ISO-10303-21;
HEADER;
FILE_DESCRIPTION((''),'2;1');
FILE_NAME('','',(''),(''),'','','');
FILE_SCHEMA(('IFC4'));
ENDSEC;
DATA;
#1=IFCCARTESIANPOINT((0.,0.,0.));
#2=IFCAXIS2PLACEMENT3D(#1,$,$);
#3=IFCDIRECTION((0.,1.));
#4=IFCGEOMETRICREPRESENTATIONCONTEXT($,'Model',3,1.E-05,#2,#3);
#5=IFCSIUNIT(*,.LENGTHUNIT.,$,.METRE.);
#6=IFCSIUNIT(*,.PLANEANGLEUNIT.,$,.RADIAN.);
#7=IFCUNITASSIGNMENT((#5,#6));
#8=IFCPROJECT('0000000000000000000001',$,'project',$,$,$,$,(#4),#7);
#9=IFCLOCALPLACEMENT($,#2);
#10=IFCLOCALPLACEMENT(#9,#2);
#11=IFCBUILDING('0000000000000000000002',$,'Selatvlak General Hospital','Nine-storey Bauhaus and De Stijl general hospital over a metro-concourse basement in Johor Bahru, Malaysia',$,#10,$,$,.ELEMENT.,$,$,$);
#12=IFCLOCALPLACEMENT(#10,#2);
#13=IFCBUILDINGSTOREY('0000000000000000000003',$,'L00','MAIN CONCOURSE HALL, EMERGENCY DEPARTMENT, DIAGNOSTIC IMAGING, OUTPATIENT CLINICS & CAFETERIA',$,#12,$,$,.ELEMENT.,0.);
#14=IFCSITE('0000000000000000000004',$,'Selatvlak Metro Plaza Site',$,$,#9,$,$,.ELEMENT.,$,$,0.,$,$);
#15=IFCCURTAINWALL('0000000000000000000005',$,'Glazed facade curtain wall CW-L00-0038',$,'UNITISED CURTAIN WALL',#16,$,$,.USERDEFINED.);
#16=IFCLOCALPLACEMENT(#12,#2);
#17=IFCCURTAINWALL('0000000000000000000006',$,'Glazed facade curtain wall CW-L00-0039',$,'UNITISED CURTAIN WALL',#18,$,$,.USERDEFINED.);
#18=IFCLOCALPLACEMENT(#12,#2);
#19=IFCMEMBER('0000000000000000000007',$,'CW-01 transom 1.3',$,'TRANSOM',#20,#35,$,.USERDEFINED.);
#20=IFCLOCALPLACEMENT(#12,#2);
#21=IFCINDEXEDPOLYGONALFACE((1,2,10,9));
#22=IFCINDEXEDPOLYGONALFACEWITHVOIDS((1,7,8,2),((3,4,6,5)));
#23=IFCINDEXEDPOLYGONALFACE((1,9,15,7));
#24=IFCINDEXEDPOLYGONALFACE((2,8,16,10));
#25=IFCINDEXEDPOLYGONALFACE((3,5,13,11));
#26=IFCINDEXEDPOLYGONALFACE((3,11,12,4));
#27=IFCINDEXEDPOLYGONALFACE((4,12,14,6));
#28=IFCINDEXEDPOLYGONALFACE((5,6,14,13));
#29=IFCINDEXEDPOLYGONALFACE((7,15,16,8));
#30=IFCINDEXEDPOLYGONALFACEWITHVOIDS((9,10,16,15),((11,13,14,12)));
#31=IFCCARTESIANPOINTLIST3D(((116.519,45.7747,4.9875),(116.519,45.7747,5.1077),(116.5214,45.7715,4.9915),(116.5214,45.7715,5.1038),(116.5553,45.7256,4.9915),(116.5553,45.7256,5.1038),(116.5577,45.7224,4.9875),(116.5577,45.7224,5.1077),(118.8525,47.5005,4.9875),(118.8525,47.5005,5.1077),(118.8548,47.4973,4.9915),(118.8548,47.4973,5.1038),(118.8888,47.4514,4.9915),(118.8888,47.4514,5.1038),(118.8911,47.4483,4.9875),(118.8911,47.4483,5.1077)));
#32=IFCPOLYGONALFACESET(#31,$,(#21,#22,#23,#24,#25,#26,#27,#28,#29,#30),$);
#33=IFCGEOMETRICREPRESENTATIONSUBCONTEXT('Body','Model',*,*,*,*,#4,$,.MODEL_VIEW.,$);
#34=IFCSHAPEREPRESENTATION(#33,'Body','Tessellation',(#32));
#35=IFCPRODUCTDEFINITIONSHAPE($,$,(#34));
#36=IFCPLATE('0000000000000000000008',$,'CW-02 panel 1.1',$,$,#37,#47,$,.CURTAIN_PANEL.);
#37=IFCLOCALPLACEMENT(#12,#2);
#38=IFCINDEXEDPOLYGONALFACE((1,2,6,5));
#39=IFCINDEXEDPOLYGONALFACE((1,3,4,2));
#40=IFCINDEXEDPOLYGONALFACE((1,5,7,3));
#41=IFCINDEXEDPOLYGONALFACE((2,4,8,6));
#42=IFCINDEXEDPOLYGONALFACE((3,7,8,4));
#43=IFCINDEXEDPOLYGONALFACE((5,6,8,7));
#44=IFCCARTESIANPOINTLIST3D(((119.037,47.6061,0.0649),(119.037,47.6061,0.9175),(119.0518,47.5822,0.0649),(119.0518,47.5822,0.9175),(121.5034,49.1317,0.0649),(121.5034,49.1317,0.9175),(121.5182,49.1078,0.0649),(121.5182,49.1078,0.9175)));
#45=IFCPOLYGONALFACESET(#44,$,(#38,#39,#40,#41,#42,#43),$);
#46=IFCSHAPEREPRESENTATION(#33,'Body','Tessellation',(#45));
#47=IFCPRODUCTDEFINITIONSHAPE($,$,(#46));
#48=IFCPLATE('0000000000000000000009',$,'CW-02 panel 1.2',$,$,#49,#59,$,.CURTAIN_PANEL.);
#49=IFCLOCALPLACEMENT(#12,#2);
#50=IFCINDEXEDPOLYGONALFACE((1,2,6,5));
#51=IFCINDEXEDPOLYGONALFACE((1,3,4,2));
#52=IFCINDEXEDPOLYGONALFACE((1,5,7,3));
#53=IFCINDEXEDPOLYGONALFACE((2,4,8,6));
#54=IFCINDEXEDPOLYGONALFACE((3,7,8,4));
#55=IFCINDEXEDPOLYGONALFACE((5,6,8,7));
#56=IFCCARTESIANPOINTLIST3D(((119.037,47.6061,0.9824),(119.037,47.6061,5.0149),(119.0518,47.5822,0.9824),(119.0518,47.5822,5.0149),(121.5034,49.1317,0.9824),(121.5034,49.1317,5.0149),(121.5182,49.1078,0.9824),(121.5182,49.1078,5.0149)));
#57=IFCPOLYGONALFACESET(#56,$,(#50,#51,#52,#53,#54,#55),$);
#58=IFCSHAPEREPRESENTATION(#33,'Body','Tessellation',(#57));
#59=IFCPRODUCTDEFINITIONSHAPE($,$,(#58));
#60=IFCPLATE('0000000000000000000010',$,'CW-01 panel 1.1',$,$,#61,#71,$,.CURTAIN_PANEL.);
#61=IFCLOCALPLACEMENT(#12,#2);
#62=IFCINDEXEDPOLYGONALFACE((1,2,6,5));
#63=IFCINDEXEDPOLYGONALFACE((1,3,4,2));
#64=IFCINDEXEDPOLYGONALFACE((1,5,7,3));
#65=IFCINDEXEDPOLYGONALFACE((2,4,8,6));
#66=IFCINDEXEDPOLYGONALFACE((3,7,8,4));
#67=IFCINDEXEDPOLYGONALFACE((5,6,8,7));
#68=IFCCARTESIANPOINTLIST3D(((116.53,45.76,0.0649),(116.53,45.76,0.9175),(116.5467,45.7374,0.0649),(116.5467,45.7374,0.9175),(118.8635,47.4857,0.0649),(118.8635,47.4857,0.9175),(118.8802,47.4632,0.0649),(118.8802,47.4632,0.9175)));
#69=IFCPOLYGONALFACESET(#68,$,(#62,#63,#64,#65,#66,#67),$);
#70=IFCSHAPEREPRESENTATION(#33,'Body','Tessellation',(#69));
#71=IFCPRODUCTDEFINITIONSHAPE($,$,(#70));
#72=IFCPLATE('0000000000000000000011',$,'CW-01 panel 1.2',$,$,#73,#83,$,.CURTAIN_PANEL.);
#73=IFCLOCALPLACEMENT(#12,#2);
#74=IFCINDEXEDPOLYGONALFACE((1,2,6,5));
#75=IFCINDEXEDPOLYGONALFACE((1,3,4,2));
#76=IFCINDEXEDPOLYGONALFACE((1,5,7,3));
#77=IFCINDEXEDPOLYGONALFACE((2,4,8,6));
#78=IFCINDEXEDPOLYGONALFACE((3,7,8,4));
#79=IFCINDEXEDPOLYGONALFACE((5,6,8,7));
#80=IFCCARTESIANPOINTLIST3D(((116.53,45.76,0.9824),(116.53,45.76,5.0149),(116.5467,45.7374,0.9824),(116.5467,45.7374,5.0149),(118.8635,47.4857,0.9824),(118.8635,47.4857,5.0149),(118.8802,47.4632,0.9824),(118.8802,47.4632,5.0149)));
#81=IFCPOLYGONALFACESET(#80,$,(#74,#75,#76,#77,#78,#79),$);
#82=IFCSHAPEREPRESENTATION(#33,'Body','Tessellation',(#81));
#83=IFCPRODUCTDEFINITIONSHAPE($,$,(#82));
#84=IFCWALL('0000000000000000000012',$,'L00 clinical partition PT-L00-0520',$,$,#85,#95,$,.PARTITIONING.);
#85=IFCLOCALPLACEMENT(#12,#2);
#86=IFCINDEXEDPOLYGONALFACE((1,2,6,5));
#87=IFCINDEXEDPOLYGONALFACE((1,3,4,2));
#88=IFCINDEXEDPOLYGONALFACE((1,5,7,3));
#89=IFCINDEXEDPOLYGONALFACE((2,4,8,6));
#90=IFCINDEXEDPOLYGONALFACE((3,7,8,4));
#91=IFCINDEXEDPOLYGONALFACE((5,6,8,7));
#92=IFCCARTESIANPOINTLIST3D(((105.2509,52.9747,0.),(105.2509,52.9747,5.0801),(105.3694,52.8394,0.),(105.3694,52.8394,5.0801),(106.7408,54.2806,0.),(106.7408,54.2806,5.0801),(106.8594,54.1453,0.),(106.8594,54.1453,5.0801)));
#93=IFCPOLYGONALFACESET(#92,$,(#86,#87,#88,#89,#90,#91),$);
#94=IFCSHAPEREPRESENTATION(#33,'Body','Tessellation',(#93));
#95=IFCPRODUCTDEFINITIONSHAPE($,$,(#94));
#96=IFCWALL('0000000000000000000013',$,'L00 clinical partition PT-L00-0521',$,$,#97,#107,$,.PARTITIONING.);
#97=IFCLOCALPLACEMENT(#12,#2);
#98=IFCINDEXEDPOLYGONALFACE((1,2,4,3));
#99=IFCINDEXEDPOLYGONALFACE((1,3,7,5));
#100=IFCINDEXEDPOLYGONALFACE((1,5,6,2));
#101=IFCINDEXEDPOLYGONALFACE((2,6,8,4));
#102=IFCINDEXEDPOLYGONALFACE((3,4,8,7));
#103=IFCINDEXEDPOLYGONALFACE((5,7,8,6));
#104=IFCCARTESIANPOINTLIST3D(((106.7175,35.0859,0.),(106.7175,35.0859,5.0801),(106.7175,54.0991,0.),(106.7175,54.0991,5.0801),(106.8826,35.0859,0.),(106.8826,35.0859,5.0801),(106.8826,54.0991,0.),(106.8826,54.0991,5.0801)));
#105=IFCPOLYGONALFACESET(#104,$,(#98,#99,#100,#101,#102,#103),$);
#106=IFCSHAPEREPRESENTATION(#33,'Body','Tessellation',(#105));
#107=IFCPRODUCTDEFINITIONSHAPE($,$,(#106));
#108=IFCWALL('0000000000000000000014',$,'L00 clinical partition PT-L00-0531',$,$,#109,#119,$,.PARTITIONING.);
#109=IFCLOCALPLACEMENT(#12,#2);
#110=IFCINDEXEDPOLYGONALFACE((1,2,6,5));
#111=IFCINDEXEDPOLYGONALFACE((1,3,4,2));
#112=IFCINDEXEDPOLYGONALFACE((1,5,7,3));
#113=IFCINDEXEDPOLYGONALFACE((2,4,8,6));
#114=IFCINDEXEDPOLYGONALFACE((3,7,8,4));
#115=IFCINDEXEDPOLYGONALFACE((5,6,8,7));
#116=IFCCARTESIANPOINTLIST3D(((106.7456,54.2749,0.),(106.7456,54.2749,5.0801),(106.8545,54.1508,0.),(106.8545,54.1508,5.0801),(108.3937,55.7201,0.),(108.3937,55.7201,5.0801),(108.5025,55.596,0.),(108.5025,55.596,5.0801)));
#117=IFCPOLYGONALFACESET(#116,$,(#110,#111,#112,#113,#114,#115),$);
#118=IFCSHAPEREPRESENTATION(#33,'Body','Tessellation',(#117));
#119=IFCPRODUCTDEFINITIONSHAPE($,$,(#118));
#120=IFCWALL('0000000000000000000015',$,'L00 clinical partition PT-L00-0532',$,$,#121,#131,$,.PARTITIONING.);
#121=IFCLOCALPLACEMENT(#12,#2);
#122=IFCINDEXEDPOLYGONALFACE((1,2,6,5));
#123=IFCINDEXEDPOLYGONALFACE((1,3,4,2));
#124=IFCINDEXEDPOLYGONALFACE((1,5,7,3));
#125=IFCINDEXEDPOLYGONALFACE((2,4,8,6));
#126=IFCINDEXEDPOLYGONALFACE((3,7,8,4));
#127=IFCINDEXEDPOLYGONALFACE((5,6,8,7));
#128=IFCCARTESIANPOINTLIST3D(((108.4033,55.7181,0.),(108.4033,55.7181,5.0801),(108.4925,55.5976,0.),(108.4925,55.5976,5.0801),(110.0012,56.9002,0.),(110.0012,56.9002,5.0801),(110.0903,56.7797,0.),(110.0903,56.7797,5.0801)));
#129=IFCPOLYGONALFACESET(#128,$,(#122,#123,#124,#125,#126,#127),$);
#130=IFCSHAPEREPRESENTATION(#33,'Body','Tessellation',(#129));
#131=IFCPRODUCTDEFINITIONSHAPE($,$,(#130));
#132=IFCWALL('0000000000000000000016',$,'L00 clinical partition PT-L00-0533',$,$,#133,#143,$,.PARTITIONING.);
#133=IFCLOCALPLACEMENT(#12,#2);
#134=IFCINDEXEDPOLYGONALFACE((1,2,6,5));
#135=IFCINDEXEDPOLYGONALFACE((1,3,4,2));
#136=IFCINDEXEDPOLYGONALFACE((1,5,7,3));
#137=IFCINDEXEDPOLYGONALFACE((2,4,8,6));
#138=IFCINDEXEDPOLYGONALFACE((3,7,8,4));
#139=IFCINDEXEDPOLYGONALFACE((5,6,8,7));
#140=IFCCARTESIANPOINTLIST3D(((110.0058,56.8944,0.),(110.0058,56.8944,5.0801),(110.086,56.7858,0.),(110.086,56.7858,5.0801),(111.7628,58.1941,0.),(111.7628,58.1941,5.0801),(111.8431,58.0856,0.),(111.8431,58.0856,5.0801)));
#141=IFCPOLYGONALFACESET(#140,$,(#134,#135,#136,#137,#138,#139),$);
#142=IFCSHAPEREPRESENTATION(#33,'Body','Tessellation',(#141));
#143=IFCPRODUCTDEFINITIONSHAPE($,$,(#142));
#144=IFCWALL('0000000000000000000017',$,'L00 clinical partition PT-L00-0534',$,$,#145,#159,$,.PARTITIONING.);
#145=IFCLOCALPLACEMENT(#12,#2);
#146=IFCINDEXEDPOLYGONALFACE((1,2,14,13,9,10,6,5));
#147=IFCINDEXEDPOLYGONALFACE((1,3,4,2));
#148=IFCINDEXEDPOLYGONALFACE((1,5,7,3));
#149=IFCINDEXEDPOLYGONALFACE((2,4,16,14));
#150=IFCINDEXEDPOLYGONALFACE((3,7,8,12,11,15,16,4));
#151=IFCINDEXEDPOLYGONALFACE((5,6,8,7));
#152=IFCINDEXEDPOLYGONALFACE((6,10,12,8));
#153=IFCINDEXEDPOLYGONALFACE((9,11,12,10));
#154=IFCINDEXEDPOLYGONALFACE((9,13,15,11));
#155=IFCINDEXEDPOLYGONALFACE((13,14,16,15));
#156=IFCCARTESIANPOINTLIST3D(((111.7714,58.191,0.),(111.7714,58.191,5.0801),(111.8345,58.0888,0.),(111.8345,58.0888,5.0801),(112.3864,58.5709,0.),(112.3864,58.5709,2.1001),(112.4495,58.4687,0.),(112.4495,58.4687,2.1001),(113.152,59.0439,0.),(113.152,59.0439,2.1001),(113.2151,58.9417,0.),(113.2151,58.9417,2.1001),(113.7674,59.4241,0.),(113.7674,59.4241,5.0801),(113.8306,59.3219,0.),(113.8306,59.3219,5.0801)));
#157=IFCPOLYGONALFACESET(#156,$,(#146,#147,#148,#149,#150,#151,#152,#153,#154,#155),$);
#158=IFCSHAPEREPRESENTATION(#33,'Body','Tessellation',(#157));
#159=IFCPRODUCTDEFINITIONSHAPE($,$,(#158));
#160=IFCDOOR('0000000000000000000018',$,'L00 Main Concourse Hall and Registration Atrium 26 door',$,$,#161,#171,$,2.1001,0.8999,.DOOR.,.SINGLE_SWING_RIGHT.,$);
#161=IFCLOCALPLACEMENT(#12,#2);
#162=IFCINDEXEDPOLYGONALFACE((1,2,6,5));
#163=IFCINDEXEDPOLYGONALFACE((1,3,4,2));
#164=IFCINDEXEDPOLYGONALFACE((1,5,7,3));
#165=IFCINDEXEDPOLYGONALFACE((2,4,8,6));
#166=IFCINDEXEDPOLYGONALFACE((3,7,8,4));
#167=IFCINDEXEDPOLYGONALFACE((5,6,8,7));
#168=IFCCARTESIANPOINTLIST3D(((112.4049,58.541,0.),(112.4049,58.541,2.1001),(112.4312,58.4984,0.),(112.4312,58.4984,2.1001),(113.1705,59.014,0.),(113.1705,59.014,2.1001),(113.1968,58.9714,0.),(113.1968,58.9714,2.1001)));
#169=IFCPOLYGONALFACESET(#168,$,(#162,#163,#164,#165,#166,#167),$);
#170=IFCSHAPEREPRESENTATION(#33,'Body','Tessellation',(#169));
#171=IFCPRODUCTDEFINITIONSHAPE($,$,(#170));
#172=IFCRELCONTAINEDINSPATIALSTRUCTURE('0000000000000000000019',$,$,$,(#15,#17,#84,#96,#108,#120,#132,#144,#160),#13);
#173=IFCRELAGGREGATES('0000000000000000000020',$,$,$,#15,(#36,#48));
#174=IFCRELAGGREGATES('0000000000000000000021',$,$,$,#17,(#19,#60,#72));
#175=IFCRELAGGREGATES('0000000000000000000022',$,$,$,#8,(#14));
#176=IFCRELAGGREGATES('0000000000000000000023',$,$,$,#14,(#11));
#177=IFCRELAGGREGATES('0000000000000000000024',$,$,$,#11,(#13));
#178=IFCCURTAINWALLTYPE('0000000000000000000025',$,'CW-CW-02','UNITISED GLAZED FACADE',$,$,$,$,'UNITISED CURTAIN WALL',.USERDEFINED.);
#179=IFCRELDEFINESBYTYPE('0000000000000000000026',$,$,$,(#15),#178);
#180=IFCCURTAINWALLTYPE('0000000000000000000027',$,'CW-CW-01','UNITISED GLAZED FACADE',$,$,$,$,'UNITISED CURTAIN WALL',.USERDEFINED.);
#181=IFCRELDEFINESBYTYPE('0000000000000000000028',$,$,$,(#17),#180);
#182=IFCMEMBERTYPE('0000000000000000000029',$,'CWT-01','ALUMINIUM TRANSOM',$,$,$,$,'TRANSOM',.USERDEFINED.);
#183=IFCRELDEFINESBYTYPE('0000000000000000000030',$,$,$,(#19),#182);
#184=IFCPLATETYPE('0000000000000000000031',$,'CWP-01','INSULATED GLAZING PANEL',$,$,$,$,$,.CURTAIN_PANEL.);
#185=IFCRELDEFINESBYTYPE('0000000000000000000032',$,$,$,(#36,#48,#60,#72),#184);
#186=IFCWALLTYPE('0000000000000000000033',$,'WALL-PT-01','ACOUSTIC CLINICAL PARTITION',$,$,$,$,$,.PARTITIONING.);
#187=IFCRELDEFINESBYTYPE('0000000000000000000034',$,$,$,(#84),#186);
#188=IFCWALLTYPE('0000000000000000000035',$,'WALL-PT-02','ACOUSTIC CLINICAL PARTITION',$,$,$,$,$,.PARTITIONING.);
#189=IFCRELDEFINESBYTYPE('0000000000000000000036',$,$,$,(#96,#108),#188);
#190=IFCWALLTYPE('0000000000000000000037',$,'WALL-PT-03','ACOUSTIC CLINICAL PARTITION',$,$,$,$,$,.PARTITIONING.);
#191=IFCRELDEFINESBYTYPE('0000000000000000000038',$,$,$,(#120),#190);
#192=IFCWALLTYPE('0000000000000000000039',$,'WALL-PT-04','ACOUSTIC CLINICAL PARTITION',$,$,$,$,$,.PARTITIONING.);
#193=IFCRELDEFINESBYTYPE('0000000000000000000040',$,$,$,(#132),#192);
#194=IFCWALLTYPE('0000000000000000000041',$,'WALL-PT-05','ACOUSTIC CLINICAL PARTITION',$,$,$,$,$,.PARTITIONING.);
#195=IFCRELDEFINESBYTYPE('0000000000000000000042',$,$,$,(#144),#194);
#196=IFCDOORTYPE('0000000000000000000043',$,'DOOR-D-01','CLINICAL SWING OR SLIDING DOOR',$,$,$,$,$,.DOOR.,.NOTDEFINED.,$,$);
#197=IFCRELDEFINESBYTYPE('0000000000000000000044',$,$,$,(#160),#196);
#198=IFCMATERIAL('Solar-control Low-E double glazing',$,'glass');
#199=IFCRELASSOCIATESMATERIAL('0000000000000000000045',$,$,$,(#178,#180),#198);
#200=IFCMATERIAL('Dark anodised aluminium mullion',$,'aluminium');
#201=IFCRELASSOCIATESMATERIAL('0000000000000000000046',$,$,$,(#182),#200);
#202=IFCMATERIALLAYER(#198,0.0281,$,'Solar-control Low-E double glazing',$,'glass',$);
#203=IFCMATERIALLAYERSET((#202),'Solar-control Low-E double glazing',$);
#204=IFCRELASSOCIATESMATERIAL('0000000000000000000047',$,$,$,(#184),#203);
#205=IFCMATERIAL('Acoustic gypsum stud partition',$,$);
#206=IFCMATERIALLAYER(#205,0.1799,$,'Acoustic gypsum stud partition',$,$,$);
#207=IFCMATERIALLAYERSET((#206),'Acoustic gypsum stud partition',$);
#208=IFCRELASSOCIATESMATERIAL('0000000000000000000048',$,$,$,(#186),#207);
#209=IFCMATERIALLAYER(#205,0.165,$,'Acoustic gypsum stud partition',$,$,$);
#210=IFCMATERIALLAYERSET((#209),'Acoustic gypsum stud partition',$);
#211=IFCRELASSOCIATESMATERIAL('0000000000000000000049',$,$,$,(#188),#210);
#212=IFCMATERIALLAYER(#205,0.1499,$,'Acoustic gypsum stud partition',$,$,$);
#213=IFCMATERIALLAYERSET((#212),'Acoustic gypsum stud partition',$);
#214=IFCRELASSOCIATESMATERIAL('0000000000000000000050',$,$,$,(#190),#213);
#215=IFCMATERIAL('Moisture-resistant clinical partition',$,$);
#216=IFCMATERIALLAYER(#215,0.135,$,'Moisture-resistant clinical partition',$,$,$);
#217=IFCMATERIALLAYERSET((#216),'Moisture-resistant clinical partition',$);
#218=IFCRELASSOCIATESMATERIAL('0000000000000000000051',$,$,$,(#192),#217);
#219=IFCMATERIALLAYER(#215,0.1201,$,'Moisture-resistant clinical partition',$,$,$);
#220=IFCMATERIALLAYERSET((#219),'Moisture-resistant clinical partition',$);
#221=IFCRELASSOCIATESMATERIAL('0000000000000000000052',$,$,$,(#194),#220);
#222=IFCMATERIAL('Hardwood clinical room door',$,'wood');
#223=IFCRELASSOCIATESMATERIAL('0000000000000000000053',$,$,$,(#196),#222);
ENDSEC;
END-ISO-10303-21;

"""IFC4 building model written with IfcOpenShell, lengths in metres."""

from ifc_helpers import new_model, si_unit, direction, frame, frame_2d, origin, origin_2d, place, context, subcontext, project, spatial, rectangle, hollow_rectangle, extrude, material, layer, layer_set, material_profile, profile_set, type_object, element, fill, aggregate, save


model = new_model("IFC4")

# Units and contexts
model_context = context("Model", 3, precision=1e-05, world=origin(), true_north=direction((0.0, 1.0)))
body_context = subcontext(model_context, "Body", "Model", "MODEL_VIEW")
ifc_project = project(units=[si_unit("LENGTHUNIT", "METRE"), si_unit("PLANEANGLEUNIT", "RADIAN")], contexts=[model_context])

# Site, building, storey
site_placement = place(None, origin())
site = spatial("IfcSite", under=ifc_project, at=site_placement, Name="Selatvlak Metro Plaza Site", CompositionType="ELEMENT", RefElevation=0.0)
building_placement = place(site_placement, origin())
building = spatial("IfcBuilding", under=site, at=building_placement, Name="Selatvlak General Hospital", Description="Nine-storey Bauhaus and De Stijl general hospital over a metro-concourse basement in Johor Bahru, Malaysia", CompositionType="ELEMENT")
storey_placement = place(building_placement, origin())
storey = spatial("IfcBuildingStorey", under=building, at=storey_placement, Name="L00", Description="MAIN CONCOURSE HALL, EMERGENCY DEPARTMENT, DIAGNOSTIC IMAGING, OUTPATIENT CLINICS & CAFETERIA", CompositionType="ELEMENT", Elevation=0.0)

# Curtain wall
ifc_material_1 = material(Name="Solar-control Low-E double glazing", Category="glass")
curtain_wall_type_1 = type_object("IfcCurtainWallType", Name="CW-CW-02", Description="UNITISED GLAZED FACADE", ElementType="UNITISED CURTAIN WALL", PredefinedType="USERDEFINED", material=ifc_material_1)
curtain_wall_1_placement = place(storey_placement, origin())
curtain_wall_1 = element("IfcCurtainWall", 1, at=curtain_wall_1_placement, inside=storey, type_object=curtain_wall_type_1, Name="Glazed facade curtain wall CW-L00-0038", ObjectType="UNITISED CURTAIN WALL", PredefinedType="USERDEFINED")
ifc_material_2 = material(Name="Dark anodised aluminium mullion", Category="aluminium")

# Curtain wall, member
curtain_wall_type_2 = type_object("IfcCurtainWallType", Name="CW-CW-01", Description="UNITISED GLAZED FACADE", ElementType="UNITISED CURTAIN WALL", PredefinedType="USERDEFINED", material=ifc_material_1)
curtain_wall_2_placement = place(storey_placement, origin())
curtain_wall_2 = element("IfcCurtainWall", 2, at=curtain_wall_2_placement, inside=storey, type_object=curtain_wall_type_2, Name="Glazed facade curtain wall CW-L00-0039", ObjectType="UNITISED CURTAIN WALL", PredefinedType="USERDEFINED")
ifc_material_profile_1 = material_profile(ifc_material_2, hollow_rectangle(XDim=0.0649, YDim=0.1201, WallThickness=0.0039, at=origin_2d()), Name="AL-TRN 65x120x4")
ifc_profile_set_1 = profile_set([ifc_material_profile_1], Name="Dark anodised aluminium mullion")
member_type_1 = type_object("IfcMemberType", Name="CWT-01", Description="ALUMINIUM TRANSOM", ElementType="TRANSOM", PredefinedType="USERDEFINED", material=ifc_profile_set_1)
member_1_placement = place(storey_placement, frame((118.8718, 47.4744, 5.0476), z_axis=(-0.804, -0.59463, 0.0), x_axis=(0.59463, -0.804, 0.0)))
member_1 = element("IfcMember", 3, at=member_1_placement, type_object=member_type_1, Name="CW-01 transom 1.3", ObjectType="TRANSOM", PredefinedType="USERDEFINED", context=body_context, shape_type="SweptSolid", body=[
    extrude(hollow_rectangle(XDim=0.0649, YDim=0.1201, WallThickness=0.0039, at=origin_2d()), origin(), (0.0, 0.0, 1.0), 2.9023),
])

# Plates
ifc_layer_1 = layer(ifc_material_1, 0.0281, Name="Solar-control Low-E double glazing", Category="glass")
ifc_layer_set_1 = layer_set([ifc_layer_1], Name="Solar-control Low-E double glazing")
plate_type = type_object("IfcPlateType", Name="CWP-01", Description="INSULATED GLAZING PANEL", PredefinedType="CURTAIN_PANEL", material=ifc_layer_set_1)
plate_1_placement = place(storey_placement, frame((120.2776, 48.3569, 0.0649), z_axis=(0.0, 0.0, 1.0), x_axis=(-0.850455, -0.526048, 0.0)))
plate_1 = element("IfcPlate", 4, at=plate_1_placement, type_object=plate_type, Name="CW-02 panel 1.1", PredefinedType="CURTAIN_PANEL", context=body_context, shape_type="SweptSolid", body=[
    extrude(rectangle(XDim=2.9001, YDim=0.0281, at=origin_2d()), origin(), (0.0, 0.0, 1.0), 0.8525),
])
plate_2_placement = place(storey_placement, frame((120.2776, 48.3569, 0.9824), z_axis=(0.0, 0.0, 1.0), x_axis=(-0.850455, -0.526048, 0.0)))
plate_2 = element("IfcPlate", 5, at=plate_2_placement, type_object=plate_type, Name="CW-02 panel 1.2", PredefinedType="CURTAIN_PANEL", context=body_context, shape_type="SweptSolid", body=[
    extrude(rectangle(XDim=2.9001, YDim=0.0281, at=origin_2d()), origin(), (0.0, 0.0, 1.0), 4.0325),
])
aggregate(curtain_wall_1, [plate_1, plate_2])
plate_3_placement = place(storey_placement, frame((117.7051, 46.6116, 0.0649), z_axis=(0.0, 0.0, 1.0), x_axis=(-0.804018, -0.594604, 0.0)))
plate_3 = element("IfcPlate", 6, at=plate_3_placement, type_object=plate_type, Name="CW-01 panel 1.1", PredefinedType="CURTAIN_PANEL", context=body_context, shape_type="SweptSolid", body=[
    extrude(rectangle(XDim=2.9023, YDim=0.0281, at=origin_2d()), origin(), (0.0, 0.0, 1.0), 0.8525),
])
plate_4_placement = place(storey_placement, frame((117.7051, 46.6116, 0.9824), z_axis=(0.0, 0.0, 1.0), x_axis=(-0.804018, -0.594604, 0.0)))
plate_4 = element("IfcPlate", 7, at=plate_4_placement, type_object=plate_type, Name="CW-01 panel 1.2", PredefinedType="CURTAIN_PANEL", context=body_context, shape_type="SweptSolid", body=[
    extrude(rectangle(XDim=2.9023, YDim=0.0281, at=origin_2d()), origin(), (0.0, 0.0, 1.0), 4.0325),
])
aggregate(curtain_wall_2, [member_1, plate_3, plate_4])

# Walls
ifc_material_3 = material(Name="Acoustic gypsum stud partition")
ifc_layer_2 = layer(ifc_material_3, 0.1799, Name="Acoustic gypsum stud partition")
ifc_layer_set_2 = layer_set([ifc_layer_2], Name="Acoustic gypsum stud partition")
wall_type_1 = type_object("IfcWallType", Name="WALL-PT-01", Description="ACOUSTIC CLINICAL PARTITION", PredefinedType="PARTITIONING", material=ifc_layer_set_2)
wall_1_placement = place(storey_placement, frame((105.3101, 52.907, 0.0), z_axis=(0.0, 0.0, 1.0), x_axis=(0.752034, 0.659124, 0.0)))
element("IfcWall", 8, at=wall_1_placement, inside=storey, type_object=wall_type_1, Name="L00 clinical partition PT-L00-0520", PredefinedType="PARTITIONING", context=body_context, shape_type="SweptSolid", body=[
    extrude(rectangle(XDim=1.9812, YDim=0.1799, at=frame_2d((0.9907, 0.0))), origin(), (0.0, 0.0, 1.0), 5.0801),
])
ifc_layer_3 = layer(ifc_material_3, 0.165, Name="Acoustic gypsum stud partition")
ifc_layer_set_3 = layer_set([ifc_layer_3], Name="Acoustic gypsum stud partition")
wall_type_2 = type_object("IfcWallType", Name="WALL-PT-02", Description="ACOUSTIC CLINICAL PARTITION", PredefinedType="PARTITIONING", material=ifc_layer_set_3)
wall_2_placement = place(storey_placement, frame((106.8, 54.0991, 0.0), z_axis=(0.0, 0.0, 1.0), x_axis=(0.0, -1.0, 0.0)))
element("IfcWall", 9, at=wall_2_placement, inside=storey, type_object=wall_type_2, Name="L00 clinical partition PT-L00-0521", PredefinedType="PARTITIONING", context=body_context, shape_type="SweptSolid", body=[
    extrude(rectangle(XDim=19.0132, YDim=0.165, at=frame_2d((9.5066, 0.0))), origin(), (0.0, 0.0, 1.0), 5.0801),
])
wall_3_placement = place(storey_placement, frame((106.8, 54.2129, 0.0), z_axis=(0.0, 0.0, 1.0), x_axis=(0.751872, 0.659309, 0.0)))
element("IfcWall", 10, at=wall_3_placement, inside=storey, type_object=wall_type_2, Name="L00 clinical partition PT-L00-0531", PredefinedType="PARTITIONING", context=body_context, shape_type="SweptSolid", body=[
    extrude(rectangle(XDim=2.1919, YDim=0.165, at=frame_2d((1.0959, 0.0))), origin(), (0.0, 0.0, 1.0), 5.0801),
])
ifc_layer_4 = layer(ifc_material_3, 0.1499, Name="Acoustic gypsum stud partition")
ifc_layer_set_4 = layer_set([ifc_layer_4], Name="Acoustic gypsum stud partition")
wall_type_3 = type_object("IfcWallType", Name="WALL-PT-03", Description="ACOUSTIC CLINICAL PARTITION", PredefinedType="PARTITIONING", material=ifc_layer_set_4)
wall_4_placement = place(storey_placement, frame((108.448, 55.658, 0.0), z_axis=(0.0, 0.0, 1.0), x_axis=(0.803918, 0.59474, 0.0)))
element("IfcWall", 11, at=wall_4_placement, inside=storey, type_object=wall_type_3, Name="L00 clinical partition PT-L00-0532", PredefinedType="PARTITIONING", context=body_context, shape_type="SweptSolid", body=[
    extrude(rectangle(XDim=1.9875, YDim=0.1499, at=frame_2d((0.9937, 0.0))), origin(), (0.0, 0.0, 1.0), 5.0801),
])
ifc_material_4 = material(Name="Moisture-resistant clinical partition")
ifc_layer_5 = layer(ifc_material_4, 0.135, Name="Moisture-resistant clinical partition")
ifc_layer_set_5 = layer_set([ifc_layer_5], Name="Moisture-resistant clinical partition")
wall_type_4 = type_object("IfcWallType", Name="WALL-PT-04", Description="ACOUSTIC CLINICAL PARTITION", PredefinedType="PARTITIONING", material=ifc_layer_set_5)
wall_5_placement = place(storey_placement, frame((110.0459, 56.8401, 0.0), z_axis=(0.0, 0.0, 1.0), x_axis=(0.803937, 0.594715, 0.0)))
element("IfcWall", 12, at=wall_5_placement, inside=storey, type_object=wall_type_4, Name="L00 clinical partition PT-L00-0533", PredefinedType="PARTITIONING", context=body_context, shape_type="SweptSolid", body=[
    extrude(rectangle(XDim=2.1855, YDim=0.135, at=frame_2d((1.0928, 0.0))), origin(), (0.0, 0.0, 1.0), 5.0801),
])

# Wall, opening, door
ifc_layer_6 = layer(ifc_material_4, 0.1201, Name="Moisture-resistant clinical partition")
ifc_layer_set_6 = layer_set([ifc_layer_6], Name="Moisture-resistant clinical partition")
wall_type_5 = type_object("IfcWallType", Name="WALL-PT-05", Description="ACOUSTIC CLINICAL PARTITION", PredefinedType="PARTITIONING", material=ifc_layer_set_6)
wall_6_placement = place(storey_placement, frame((111.803, 58.1399, 0.0), z_axis=(0.0, 0.0, 1.0), x_axis=(0.850746, 0.525577, 0.0)))
wall_6 = element("IfcWall", 13, at=wall_6_placement, inside=storey, type_object=wall_type_5, Name="L00 clinical partition PT-L00-0534", PredefinedType="PARTITIONING", context=body_context, shape_type="SweptSolid", body=[
    extrude(rectangle(XDim=2.3462, YDim=0.1201, at=frame_2d((1.1731, 0.0))), origin(), (0.0, 0.0, 1.0), 5.0801),
])
opening_placement = place(wall_6_placement, frame((0.7229, 0.0, 0.0)))
opening = element("IfcOpeningElement", 14, at=opening_placement, cuts=wall_6, PredefinedType="OPENING", context=body_context, shape_type="SweptSolid", body=[
    extrude(rectangle(XDim=0.8999, YDim=2.1001, at=frame_2d((0.45, 1.05))), frame((0.0, 0.0701, 0.0), z_axis=(0.0, -1.0, 0.0), x_axis=(1.0, 0.0, 0.0)), (0.0, 0.0, 1.0), 0.1401),
])
ifc_material_5 = material(Name="Hardwood clinical room door", Category="wood")
door_type = type_object("IfcDoorType", Name="DOOR-D-01", Description="CLINICAL SWING OR SLIDING DOOR", OperationType="NOTDEFINED", PredefinedType="DOOR", material=ifc_material_5)
door_placement = place(opening_placement, origin())
door = element("IfcDoor", 15, at=door_placement, inside=storey, type_object=door_type, Name="L00 Main Concourse Hall and Registration Atrium 26 door", OperationType="SINGLE_SWING_RIGHT", OverallHeight=2.1001, OverallWidth=0.8999, PredefinedType="DOOR", context=body_context, shape_type="SweptSolid", body=[
    extrude(rectangle(XDim=0.8999, YDim=2.1001, at=frame_2d((0.45, 1.05))), frame((0.0, 0.0249, 0.0), z_axis=(0.0, -1.0, 0.0), x_axis=(1.0, 0.0, 0.0)), (0.0, 0.0, 1.0), 0.05),
])
fill(opening, door)

save(model, "model.ifc")
